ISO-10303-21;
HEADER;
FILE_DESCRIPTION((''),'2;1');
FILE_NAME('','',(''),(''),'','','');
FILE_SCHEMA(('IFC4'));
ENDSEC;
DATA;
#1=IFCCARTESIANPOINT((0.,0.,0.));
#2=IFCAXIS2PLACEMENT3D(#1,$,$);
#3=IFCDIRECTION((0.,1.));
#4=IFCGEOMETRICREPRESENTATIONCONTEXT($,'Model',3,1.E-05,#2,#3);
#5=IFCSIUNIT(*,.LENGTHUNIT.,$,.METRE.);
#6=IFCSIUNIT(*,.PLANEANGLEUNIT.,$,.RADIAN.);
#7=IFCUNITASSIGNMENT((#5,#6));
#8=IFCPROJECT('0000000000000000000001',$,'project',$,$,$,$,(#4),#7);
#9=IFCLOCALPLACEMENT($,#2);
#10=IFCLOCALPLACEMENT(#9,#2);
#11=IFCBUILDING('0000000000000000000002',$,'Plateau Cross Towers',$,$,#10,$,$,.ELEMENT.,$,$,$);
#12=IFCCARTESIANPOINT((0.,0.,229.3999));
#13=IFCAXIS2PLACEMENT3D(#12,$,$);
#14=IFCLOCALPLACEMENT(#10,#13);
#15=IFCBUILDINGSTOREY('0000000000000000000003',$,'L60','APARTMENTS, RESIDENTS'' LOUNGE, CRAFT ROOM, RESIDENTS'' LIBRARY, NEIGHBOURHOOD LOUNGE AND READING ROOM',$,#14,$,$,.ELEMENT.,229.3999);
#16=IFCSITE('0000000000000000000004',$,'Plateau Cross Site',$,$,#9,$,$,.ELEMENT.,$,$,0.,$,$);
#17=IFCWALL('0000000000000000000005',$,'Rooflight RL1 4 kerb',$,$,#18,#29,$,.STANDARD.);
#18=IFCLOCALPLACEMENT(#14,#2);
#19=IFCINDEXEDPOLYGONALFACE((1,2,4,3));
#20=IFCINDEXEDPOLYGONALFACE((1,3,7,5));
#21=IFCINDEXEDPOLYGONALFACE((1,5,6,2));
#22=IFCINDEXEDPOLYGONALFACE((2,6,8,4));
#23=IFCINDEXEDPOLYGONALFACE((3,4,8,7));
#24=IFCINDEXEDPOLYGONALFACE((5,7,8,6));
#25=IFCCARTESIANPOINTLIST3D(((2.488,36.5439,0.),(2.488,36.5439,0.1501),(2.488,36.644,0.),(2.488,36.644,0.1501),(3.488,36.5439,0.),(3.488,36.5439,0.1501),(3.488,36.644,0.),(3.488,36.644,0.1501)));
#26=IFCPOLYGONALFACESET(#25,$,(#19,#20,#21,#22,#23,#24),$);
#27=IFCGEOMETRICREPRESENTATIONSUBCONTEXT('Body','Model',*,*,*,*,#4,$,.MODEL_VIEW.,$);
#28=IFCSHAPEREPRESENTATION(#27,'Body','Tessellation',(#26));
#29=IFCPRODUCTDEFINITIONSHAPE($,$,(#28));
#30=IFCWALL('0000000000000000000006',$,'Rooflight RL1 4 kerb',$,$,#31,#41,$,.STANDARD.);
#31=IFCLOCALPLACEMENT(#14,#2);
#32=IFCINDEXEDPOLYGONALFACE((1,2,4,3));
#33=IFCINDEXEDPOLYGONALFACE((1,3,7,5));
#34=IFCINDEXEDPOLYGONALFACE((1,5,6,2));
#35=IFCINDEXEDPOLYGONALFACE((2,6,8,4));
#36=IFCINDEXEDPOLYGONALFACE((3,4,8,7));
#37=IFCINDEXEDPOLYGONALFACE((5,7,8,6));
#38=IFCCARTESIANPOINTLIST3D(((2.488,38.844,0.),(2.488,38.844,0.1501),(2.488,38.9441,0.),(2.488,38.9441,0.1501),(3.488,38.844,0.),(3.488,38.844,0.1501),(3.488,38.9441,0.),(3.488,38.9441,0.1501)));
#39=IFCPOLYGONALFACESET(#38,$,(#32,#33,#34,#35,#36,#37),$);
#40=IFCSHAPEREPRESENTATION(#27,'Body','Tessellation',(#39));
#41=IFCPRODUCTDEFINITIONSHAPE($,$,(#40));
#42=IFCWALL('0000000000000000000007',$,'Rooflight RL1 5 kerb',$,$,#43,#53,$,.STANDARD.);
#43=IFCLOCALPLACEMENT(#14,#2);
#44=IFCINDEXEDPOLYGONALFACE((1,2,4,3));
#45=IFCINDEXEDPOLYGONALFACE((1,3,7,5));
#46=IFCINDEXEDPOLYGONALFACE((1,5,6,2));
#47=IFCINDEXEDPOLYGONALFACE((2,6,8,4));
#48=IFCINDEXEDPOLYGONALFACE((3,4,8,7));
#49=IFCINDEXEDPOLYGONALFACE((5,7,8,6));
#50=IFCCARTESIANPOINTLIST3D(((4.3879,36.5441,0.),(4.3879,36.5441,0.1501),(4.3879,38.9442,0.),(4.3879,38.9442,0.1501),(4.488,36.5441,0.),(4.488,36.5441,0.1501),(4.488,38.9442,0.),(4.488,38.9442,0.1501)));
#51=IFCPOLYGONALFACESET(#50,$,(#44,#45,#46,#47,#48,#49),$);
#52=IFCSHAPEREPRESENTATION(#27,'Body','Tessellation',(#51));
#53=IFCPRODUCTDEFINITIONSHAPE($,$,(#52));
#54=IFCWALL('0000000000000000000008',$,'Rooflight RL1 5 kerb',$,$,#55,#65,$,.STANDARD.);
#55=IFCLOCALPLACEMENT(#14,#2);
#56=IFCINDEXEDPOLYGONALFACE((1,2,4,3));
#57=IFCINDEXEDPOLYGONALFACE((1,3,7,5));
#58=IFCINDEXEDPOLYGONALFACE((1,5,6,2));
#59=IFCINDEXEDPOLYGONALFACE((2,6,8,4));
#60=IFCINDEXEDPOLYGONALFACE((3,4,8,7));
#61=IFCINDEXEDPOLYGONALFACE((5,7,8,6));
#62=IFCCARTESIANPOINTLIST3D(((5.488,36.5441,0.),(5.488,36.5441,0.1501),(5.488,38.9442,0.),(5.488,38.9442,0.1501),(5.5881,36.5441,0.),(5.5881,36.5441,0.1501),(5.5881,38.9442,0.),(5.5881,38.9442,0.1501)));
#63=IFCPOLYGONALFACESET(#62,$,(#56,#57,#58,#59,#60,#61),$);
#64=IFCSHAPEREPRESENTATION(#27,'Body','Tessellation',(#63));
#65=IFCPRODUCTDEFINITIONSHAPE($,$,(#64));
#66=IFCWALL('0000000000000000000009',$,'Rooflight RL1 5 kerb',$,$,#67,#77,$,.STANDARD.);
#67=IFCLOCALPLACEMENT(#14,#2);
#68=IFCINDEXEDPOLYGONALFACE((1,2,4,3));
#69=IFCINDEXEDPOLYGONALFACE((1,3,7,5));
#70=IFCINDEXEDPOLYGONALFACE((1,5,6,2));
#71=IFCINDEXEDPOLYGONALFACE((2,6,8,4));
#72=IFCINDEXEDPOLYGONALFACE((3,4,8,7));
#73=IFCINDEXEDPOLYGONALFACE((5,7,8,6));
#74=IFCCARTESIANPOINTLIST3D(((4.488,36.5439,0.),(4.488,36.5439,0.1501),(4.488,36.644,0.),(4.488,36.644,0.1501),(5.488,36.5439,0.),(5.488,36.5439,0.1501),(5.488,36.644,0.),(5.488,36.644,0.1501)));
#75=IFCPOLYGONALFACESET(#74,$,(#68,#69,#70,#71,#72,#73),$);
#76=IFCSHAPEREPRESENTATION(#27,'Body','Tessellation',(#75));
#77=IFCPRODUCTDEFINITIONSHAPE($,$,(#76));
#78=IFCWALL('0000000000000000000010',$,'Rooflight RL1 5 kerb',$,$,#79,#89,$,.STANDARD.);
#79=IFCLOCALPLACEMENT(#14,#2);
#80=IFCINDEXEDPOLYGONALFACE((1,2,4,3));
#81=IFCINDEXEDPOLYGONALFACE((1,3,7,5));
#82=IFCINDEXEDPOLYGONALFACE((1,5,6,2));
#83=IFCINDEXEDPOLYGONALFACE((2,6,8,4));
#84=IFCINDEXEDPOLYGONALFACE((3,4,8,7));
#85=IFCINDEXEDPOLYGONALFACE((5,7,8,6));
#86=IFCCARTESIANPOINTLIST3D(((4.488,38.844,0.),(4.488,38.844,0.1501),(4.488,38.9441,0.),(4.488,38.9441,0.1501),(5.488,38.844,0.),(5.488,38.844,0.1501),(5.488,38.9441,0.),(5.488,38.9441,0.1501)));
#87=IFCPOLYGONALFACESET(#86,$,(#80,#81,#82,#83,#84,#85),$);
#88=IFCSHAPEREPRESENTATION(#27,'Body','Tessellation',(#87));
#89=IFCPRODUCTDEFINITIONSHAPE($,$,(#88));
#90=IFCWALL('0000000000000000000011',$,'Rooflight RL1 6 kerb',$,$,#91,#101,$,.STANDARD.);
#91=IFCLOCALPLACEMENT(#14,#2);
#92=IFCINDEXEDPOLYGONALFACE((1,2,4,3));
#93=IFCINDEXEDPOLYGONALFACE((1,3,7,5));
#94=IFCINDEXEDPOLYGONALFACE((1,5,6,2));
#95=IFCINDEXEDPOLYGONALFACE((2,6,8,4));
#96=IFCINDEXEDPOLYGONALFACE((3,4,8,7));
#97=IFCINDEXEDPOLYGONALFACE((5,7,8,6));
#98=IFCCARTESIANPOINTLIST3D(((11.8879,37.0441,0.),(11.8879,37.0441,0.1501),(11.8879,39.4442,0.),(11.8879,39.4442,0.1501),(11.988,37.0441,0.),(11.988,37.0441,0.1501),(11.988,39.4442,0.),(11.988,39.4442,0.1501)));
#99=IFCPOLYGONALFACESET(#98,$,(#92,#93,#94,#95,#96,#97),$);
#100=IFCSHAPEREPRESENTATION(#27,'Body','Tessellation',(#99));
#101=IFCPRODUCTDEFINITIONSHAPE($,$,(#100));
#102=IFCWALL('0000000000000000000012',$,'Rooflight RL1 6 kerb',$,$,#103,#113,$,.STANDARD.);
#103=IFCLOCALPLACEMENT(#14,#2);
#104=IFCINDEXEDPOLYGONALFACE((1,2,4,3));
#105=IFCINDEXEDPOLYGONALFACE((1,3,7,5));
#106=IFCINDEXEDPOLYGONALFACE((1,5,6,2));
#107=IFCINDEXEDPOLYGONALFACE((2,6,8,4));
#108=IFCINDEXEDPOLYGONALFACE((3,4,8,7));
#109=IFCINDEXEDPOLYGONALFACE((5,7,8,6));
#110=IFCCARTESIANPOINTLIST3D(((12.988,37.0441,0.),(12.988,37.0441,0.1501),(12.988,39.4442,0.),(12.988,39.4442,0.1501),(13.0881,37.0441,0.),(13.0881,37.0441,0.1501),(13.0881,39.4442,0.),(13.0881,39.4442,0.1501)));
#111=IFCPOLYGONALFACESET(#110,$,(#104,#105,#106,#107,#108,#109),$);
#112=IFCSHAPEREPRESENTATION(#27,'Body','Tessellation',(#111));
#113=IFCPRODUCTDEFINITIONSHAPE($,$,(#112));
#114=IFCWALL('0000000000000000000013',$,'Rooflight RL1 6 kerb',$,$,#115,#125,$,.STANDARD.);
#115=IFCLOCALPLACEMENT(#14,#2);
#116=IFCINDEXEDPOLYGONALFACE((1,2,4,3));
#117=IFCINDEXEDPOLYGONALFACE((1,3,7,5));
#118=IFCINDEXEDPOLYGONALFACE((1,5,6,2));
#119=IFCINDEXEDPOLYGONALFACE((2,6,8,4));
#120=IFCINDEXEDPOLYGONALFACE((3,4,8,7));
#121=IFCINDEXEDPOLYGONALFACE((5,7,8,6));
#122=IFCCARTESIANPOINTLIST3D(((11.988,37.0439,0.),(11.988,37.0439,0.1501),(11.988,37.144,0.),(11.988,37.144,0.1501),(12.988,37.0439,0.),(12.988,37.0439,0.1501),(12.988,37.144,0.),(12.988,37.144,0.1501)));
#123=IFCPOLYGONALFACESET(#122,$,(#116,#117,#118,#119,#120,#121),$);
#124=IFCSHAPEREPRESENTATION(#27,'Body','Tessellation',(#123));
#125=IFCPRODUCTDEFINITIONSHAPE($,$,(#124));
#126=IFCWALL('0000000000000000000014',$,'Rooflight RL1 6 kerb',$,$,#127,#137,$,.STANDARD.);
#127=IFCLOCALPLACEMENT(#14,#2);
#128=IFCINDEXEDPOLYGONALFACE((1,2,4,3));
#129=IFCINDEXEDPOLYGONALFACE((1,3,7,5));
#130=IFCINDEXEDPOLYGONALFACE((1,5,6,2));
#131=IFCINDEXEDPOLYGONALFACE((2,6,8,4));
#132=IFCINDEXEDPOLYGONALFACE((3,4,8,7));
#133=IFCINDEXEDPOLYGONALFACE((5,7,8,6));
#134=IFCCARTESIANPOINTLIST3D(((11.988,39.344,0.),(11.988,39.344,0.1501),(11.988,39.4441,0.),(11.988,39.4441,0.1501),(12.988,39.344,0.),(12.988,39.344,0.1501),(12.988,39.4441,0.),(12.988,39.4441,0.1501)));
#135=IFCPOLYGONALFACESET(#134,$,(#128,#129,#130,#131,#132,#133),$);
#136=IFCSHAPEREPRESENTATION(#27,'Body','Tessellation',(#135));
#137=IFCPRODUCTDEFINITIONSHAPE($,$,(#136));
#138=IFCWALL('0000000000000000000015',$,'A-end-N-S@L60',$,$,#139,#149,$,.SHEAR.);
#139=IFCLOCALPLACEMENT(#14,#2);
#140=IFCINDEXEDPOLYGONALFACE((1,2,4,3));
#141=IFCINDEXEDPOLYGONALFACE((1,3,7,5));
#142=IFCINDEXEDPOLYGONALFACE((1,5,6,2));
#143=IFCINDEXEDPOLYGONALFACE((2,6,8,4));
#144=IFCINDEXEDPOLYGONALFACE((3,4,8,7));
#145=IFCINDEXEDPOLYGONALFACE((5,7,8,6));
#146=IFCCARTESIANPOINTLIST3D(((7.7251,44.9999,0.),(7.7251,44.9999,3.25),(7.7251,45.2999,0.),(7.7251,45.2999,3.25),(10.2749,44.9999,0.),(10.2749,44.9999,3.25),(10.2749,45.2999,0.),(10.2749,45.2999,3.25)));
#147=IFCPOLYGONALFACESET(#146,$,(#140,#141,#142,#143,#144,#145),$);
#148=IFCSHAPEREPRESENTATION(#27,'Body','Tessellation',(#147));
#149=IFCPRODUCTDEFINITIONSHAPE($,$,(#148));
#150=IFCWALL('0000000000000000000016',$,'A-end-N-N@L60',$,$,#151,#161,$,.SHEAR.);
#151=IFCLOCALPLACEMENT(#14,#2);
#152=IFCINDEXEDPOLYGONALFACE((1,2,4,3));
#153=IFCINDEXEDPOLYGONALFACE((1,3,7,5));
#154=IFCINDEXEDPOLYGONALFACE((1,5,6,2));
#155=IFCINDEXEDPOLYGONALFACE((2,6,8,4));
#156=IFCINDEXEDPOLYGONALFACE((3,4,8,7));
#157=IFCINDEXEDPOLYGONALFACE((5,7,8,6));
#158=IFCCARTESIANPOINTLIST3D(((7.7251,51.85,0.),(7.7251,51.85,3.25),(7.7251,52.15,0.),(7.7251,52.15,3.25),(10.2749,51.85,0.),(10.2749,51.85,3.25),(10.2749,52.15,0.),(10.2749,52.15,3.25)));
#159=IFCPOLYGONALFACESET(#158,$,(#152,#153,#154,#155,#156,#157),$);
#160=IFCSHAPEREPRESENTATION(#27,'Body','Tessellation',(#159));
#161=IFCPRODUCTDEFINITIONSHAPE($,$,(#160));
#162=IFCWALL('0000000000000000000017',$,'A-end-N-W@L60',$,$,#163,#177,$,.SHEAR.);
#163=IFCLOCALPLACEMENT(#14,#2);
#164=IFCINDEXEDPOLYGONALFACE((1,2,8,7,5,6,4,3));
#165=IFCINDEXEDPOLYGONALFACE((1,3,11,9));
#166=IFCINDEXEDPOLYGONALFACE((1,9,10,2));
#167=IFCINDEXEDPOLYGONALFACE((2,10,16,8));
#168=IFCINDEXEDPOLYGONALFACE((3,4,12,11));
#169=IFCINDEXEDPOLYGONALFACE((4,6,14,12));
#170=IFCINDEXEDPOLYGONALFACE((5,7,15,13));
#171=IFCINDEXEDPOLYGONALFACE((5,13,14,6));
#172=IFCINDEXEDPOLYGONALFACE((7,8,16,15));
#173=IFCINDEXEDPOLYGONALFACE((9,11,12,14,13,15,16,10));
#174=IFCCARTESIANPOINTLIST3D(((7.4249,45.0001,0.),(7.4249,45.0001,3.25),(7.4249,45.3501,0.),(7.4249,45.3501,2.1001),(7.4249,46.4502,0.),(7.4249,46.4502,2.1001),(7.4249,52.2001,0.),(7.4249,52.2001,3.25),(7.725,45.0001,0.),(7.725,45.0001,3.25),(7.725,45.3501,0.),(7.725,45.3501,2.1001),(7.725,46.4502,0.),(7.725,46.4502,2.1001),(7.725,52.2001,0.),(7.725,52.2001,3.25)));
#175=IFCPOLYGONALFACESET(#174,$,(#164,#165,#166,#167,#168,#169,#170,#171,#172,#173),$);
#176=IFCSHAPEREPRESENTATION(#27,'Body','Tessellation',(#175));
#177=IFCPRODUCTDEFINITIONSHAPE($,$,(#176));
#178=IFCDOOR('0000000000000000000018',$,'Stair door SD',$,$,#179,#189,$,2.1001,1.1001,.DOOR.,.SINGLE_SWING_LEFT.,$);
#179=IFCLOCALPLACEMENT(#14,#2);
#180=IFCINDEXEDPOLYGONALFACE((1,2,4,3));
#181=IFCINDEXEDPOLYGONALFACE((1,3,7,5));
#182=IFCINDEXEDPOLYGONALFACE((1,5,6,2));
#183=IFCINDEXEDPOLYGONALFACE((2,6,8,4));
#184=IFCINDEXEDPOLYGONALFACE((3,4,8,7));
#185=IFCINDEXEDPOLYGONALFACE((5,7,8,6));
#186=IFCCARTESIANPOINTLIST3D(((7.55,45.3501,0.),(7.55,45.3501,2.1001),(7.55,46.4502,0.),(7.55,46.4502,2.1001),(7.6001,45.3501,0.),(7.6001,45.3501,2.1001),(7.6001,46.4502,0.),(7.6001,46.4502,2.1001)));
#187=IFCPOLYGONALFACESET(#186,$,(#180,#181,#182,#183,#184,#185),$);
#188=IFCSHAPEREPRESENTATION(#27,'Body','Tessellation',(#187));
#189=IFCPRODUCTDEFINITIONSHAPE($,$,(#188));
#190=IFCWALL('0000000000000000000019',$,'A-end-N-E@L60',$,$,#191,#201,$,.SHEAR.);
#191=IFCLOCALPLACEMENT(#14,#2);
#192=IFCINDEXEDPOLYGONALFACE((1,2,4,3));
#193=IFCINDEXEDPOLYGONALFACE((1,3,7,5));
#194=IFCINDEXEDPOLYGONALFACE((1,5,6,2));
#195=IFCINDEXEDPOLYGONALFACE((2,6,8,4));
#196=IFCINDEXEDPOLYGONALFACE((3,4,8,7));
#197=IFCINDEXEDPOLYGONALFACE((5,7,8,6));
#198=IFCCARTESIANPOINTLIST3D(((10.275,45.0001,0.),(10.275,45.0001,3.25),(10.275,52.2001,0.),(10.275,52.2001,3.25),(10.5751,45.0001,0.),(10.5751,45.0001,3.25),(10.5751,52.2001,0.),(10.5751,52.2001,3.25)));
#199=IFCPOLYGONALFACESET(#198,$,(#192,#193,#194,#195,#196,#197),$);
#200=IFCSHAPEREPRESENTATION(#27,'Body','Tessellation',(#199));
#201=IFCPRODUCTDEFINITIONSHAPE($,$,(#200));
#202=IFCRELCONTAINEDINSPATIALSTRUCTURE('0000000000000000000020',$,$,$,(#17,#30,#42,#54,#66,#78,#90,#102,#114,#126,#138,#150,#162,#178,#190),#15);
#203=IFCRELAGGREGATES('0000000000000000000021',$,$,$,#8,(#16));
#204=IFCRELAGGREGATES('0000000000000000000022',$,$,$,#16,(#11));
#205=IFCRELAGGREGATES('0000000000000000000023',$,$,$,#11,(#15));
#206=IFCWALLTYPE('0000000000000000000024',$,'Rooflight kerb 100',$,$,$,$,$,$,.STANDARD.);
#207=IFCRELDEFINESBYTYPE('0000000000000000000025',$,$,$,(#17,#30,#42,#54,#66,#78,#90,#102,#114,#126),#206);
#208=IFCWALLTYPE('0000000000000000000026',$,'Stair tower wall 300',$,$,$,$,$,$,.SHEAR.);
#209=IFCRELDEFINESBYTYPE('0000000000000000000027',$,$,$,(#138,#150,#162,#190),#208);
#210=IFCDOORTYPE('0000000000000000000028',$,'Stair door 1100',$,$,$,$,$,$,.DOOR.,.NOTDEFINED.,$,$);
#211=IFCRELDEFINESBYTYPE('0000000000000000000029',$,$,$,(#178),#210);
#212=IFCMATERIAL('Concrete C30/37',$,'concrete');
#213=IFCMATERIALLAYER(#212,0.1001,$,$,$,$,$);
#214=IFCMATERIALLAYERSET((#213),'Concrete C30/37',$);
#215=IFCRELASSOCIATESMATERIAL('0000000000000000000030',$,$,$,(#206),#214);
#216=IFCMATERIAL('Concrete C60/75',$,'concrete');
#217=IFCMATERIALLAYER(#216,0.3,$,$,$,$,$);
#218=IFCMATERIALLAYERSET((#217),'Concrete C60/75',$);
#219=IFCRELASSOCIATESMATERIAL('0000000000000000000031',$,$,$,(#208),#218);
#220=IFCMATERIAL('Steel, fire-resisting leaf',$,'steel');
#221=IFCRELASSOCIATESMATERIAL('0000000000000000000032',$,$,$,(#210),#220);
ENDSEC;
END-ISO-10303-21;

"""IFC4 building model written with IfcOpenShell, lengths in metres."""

from ifc_helpers import new_model, si_unit, direction, frame, frame_2d, origin, place, context, subcontext, project, spatial, rectangle, extrude, material, layer, layer_set, type_object, element, fill, save


model = new_model("IFC4")

# Units and contexts
model_context = context("Model", 3, precision=1e-05, world=origin(), true_north=direction((0.0, 1.0)))
body_context = subcontext(model_context, "Body", "Model", "MODEL_VIEW")
ifc_project = project(units=[si_unit("LENGTHUNIT", "METRE"), si_unit("PLANEANGLEUNIT", "RADIAN")], contexts=[model_context])

# Site, building, storey
site_placement = place(None, origin())
site = spatial("IfcSite", under=ifc_project, at=site_placement, Name="Plateau Cross Site", CompositionType="ELEMENT", RefElevation=0.0)
building_placement = place(site_placement, origin())
building = spatial("IfcBuilding", under=site, at=building_placement, Name="Plateau Cross Towers", CompositionType="ELEMENT")
storey_placement = place(building_placement, frame((0.0, 0.0, 229.3999)))
storey = spatial("IfcBuildingStorey", under=building, at=storey_placement, Name="L60", Description="APARTMENTS, RESIDENTS' LOUNGE, CRAFT ROOM, RESIDENTS' LIBRARY, NEIGHBOURHOOD LOUNGE AND READING ROOM", CompositionType="ELEMENT", Elevation=229.3999)

# Walls
ifc_material_1 = material(Name="Concrete C30/37", Category="concrete")
ifc_layer_1 = layer(ifc_material_1, 0.1001)
ifc_layer_set_1 = layer_set([ifc_layer_1], Name="Concrete C30/37")
wall_type_1 = type_object("IfcWallType", Name="Rooflight kerb 100", PredefinedType="STANDARD", material=ifc_layer_set_1)
for number, where, z_axis, x_axis, name in (
    (1, (2.488, 36.594, 0.0), (0.0, 0.0, 1.0), (1.0, 0.0, 0.0), "Rooflight RL1 4 kerb"),
    (2, (2.488, 38.894, 0.0), (0.0, 0.0, 1.0), (1.0, 0.0, 0.0), "Rooflight RL1 4 kerb"),
):
    element("IfcWall", number, at=place(storey_placement, frame(where, z_axis=z_axis, x_axis=x_axis)), inside=storey, type_object=wall_type_1, Name=name, PredefinedType="STANDARD", context=body_context, shape_type="SweptSolid", body=[
        extrude(rectangle(XDim=1.0, YDim=0.1001, at=frame_2d((0.5, 0.0))), origin(), (0.0, 0.0, 1.0), 0.1501),
    ])
for number, where, z_axis, x_axis, name in (
    (3, (4.438, 36.5439, 0.0), (0.0, 0.0, 1.0), (0.0, 1.0, 0.0), "Rooflight RL1 5 kerb"),
    (4, (5.5381, 36.5439, 0.0), (0.0, 0.0, 1.0), (0.0, 1.0, 0.0), "Rooflight RL1 5 kerb"),
):
    element("IfcWall", number, at=place(storey_placement, frame(where, z_axis=z_axis, x_axis=x_axis)), inside=storey, type_object=wall_type_1, Name=name, PredefinedType="STANDARD", context=body_context, shape_type="SweptSolid", body=[
        extrude(rectangle(XDim=2.4001, YDim=0.1001, at=frame_2d((1.2002, 0.0))), origin(), (0.0, 0.0, 1.0), 0.1501),
    ])
for number, where, z_axis, x_axis, name in (
    (5, (4.488, 36.594, 0.0), (0.0, 0.0, 1.0), (1.0, 0.0, 0.0), "Rooflight RL1 5 kerb"),
    (6, (4.488, 38.894, 0.0), (0.0, 0.0, 1.0), (1.0, 0.0, 0.0), "Rooflight RL1 5 kerb"),
):
    element("IfcWall", number, at=place(storey_placement, frame(where, z_axis=z_axis, x_axis=x_axis)), inside=storey, type_object=wall_type_1, Name=name, PredefinedType="STANDARD", context=body_context, shape_type="SweptSolid", body=[
        extrude(rectangle(XDim=1.0, YDim=0.1001, at=frame_2d((0.5, 0.0))), origin(), (0.0, 0.0, 1.0), 0.1501),
    ])
for number, where, z_axis, x_axis, name in (
    (7, (11.938, 37.0439, 0.0), (0.0, 0.0, 1.0), (0.0, 1.0, 0.0), "Rooflight RL1 6 kerb"),
    (8, (13.0381, 37.0439, 0.0), (0.0, 0.0, 1.0), (0.0, 1.0, 0.0), "Rooflight RL1 6 kerb"),
):
    element("IfcWall", number, at=place(storey_placement, frame(where, z_axis=z_axis, x_axis=x_axis)), inside=storey, type_object=wall_type_1, Name=name, PredefinedType="STANDARD", context=body_context, shape_type="SweptSolid", body=[
        extrude(rectangle(XDim=2.4001, YDim=0.1001, at=frame_2d((1.2002, 0.0))), origin(), (0.0, 0.0, 1.0), 0.1501),
    ])
for number, where, z_axis, x_axis, name in (
    (9, (11.988, 37.094, 0.0), (0.0, 0.0, 1.0), (1.0, 0.0, 0.0), "Rooflight RL1 6 kerb"),
    (10, (11.988, 39.394, 0.0), (0.0, 0.0, 1.0), (1.0, 0.0, 0.0), "Rooflight RL1 6 kerb"),
):
    element("IfcWall", number, at=place(storey_placement, frame(where, z_axis=z_axis, x_axis=x_axis)), inside=storey, type_object=wall_type_1, Name=name, PredefinedType="STANDARD", context=body_context, shape_type="SweptSolid", body=[
        extrude(rectangle(XDim=1.0, YDim=0.1001, at=frame_2d((0.5, 0.0))), origin(), (0.0, 0.0, 1.0), 0.1501),
    ])
ifc_material_2 = material(Name="Concrete C60/75", Category="concrete")
ifc_layer_2 = layer(ifc_material_2, 0.3)
ifc_layer_set_2 = layer_set([ifc_layer_2], Name="Concrete C60/75")
wall_type_2 = type_object("IfcWallType", Name="Stair tower wall 300", PredefinedType="SHEAR", material=ifc_layer_set_2)
for number, where, z_axis, x_axis, name in (
    (11, (7.7251, 45.1499, 0.0), (0.0, 0.0, 1.0), (1.0, 0.0, 0.0), "A-end-N-S@L60"),
    (12, (7.7251, 52.0, 0.0), (0.0, 0.0, 1.0), (1.0, 0.0, 0.0), "A-end-N-N@L60"),
):
    element("IfcWall", number, at=place(storey_placement, frame(where, z_axis=z_axis, x_axis=x_axis)), inside=storey, type_object=wall_type_2, Name=name, PredefinedType="SHEAR", context=body_context, shape_type="SweptSolid", body=[
        extrude(rectangle(XDim=2.5498, YDim=0.3, at=frame_2d((1.2749, 0.0))), origin(), (0.0, 0.0, 1.0), 3.25),
    ])

# Wall, opening, door
wall_1_placement = place(storey_placement, frame((7.575, 45.0, 0.0), z_axis=(0.0, 0.0, 1.0), x_axis=(0.0, 1.0, 0.0)))
wall_1 = element("IfcWall", 13, at=wall_1_placement, inside=storey, type_object=wall_type_2, Name="A-end-N-W@L60", PredefinedType="SHEAR", context=body_context, shape_type="SweptSolid", body=[
    extrude(rectangle(XDim=7.2, YDim=0.3, at=frame_2d((3.6001, 0.0))), origin(), (0.0, 0.0, 1.0), 3.25),
])
opening_placement = place(wall_1_placement, frame((0.3501, 0.0, 0.0)))
opening = element("IfcOpeningElement", 14, at=opening_placement, cuts=wall_1, PredefinedType="OPENING", context=body_context, shape_type="SweptSolid", body=[
    extrude(rectangle(XDim=1.1001, YDim=2.1001, at=frame_2d((0.55, 1.05))), frame((0.0, 0.1599, 0.0), z_axis=(0.0, -1.0, 0.0), x_axis=(1.0, 0.0, 0.0)), (0.0, 0.0, 1.0), 0.3201),
])
ifc_material_3 = material(Name="Steel, fire-resisting leaf", Category="steel")
door_type = type_object("IfcDoorType", Name="Stair door 1100", OperationType="NOTDEFINED", PredefinedType="DOOR", material=ifc_material_3)
door_placement = place(opening_placement, origin())
door = element("IfcDoor", 15, at=door_placement, inside=storey, type_object=door_type, Name="Stair door SD", OperationType="SINGLE_SWING_LEFT", OverallHeight=2.1001, OverallWidth=1.1001, PredefinedType="DOOR", context=body_context, shape_type="SweptSolid", body=[
    extrude(rectangle(XDim=1.1001, YDim=2.1001, at=frame_2d((0.55, 1.05))), frame((0.0, 0.0249, 0.0), z_axis=(0.0, -1.0, 0.0), x_axis=(1.0, 0.0, 0.0)), (0.0, 0.0, 1.0), 0.05),
])
fill(opening, door)

# Wall
wall_2_placement = place(storey_placement, frame((10.425, 45.0, 0.0), z_axis=(0.0, 0.0, 1.0), x_axis=(0.0, 1.0, 0.0)))
element("IfcWall", 16, at=wall_2_placement, inside=storey, type_object=wall_type_2, Name="A-end-N-E@L60", PredefinedType="SHEAR", context=body_context, shape_type="SweptSolid", body=[
    extrude(rectangle(XDim=7.2, YDim=0.3, at=frame_2d((3.6001, 0.0))), origin(), (0.0, 0.0, 1.0), 3.25),
])

save(model, "model.ifc")
